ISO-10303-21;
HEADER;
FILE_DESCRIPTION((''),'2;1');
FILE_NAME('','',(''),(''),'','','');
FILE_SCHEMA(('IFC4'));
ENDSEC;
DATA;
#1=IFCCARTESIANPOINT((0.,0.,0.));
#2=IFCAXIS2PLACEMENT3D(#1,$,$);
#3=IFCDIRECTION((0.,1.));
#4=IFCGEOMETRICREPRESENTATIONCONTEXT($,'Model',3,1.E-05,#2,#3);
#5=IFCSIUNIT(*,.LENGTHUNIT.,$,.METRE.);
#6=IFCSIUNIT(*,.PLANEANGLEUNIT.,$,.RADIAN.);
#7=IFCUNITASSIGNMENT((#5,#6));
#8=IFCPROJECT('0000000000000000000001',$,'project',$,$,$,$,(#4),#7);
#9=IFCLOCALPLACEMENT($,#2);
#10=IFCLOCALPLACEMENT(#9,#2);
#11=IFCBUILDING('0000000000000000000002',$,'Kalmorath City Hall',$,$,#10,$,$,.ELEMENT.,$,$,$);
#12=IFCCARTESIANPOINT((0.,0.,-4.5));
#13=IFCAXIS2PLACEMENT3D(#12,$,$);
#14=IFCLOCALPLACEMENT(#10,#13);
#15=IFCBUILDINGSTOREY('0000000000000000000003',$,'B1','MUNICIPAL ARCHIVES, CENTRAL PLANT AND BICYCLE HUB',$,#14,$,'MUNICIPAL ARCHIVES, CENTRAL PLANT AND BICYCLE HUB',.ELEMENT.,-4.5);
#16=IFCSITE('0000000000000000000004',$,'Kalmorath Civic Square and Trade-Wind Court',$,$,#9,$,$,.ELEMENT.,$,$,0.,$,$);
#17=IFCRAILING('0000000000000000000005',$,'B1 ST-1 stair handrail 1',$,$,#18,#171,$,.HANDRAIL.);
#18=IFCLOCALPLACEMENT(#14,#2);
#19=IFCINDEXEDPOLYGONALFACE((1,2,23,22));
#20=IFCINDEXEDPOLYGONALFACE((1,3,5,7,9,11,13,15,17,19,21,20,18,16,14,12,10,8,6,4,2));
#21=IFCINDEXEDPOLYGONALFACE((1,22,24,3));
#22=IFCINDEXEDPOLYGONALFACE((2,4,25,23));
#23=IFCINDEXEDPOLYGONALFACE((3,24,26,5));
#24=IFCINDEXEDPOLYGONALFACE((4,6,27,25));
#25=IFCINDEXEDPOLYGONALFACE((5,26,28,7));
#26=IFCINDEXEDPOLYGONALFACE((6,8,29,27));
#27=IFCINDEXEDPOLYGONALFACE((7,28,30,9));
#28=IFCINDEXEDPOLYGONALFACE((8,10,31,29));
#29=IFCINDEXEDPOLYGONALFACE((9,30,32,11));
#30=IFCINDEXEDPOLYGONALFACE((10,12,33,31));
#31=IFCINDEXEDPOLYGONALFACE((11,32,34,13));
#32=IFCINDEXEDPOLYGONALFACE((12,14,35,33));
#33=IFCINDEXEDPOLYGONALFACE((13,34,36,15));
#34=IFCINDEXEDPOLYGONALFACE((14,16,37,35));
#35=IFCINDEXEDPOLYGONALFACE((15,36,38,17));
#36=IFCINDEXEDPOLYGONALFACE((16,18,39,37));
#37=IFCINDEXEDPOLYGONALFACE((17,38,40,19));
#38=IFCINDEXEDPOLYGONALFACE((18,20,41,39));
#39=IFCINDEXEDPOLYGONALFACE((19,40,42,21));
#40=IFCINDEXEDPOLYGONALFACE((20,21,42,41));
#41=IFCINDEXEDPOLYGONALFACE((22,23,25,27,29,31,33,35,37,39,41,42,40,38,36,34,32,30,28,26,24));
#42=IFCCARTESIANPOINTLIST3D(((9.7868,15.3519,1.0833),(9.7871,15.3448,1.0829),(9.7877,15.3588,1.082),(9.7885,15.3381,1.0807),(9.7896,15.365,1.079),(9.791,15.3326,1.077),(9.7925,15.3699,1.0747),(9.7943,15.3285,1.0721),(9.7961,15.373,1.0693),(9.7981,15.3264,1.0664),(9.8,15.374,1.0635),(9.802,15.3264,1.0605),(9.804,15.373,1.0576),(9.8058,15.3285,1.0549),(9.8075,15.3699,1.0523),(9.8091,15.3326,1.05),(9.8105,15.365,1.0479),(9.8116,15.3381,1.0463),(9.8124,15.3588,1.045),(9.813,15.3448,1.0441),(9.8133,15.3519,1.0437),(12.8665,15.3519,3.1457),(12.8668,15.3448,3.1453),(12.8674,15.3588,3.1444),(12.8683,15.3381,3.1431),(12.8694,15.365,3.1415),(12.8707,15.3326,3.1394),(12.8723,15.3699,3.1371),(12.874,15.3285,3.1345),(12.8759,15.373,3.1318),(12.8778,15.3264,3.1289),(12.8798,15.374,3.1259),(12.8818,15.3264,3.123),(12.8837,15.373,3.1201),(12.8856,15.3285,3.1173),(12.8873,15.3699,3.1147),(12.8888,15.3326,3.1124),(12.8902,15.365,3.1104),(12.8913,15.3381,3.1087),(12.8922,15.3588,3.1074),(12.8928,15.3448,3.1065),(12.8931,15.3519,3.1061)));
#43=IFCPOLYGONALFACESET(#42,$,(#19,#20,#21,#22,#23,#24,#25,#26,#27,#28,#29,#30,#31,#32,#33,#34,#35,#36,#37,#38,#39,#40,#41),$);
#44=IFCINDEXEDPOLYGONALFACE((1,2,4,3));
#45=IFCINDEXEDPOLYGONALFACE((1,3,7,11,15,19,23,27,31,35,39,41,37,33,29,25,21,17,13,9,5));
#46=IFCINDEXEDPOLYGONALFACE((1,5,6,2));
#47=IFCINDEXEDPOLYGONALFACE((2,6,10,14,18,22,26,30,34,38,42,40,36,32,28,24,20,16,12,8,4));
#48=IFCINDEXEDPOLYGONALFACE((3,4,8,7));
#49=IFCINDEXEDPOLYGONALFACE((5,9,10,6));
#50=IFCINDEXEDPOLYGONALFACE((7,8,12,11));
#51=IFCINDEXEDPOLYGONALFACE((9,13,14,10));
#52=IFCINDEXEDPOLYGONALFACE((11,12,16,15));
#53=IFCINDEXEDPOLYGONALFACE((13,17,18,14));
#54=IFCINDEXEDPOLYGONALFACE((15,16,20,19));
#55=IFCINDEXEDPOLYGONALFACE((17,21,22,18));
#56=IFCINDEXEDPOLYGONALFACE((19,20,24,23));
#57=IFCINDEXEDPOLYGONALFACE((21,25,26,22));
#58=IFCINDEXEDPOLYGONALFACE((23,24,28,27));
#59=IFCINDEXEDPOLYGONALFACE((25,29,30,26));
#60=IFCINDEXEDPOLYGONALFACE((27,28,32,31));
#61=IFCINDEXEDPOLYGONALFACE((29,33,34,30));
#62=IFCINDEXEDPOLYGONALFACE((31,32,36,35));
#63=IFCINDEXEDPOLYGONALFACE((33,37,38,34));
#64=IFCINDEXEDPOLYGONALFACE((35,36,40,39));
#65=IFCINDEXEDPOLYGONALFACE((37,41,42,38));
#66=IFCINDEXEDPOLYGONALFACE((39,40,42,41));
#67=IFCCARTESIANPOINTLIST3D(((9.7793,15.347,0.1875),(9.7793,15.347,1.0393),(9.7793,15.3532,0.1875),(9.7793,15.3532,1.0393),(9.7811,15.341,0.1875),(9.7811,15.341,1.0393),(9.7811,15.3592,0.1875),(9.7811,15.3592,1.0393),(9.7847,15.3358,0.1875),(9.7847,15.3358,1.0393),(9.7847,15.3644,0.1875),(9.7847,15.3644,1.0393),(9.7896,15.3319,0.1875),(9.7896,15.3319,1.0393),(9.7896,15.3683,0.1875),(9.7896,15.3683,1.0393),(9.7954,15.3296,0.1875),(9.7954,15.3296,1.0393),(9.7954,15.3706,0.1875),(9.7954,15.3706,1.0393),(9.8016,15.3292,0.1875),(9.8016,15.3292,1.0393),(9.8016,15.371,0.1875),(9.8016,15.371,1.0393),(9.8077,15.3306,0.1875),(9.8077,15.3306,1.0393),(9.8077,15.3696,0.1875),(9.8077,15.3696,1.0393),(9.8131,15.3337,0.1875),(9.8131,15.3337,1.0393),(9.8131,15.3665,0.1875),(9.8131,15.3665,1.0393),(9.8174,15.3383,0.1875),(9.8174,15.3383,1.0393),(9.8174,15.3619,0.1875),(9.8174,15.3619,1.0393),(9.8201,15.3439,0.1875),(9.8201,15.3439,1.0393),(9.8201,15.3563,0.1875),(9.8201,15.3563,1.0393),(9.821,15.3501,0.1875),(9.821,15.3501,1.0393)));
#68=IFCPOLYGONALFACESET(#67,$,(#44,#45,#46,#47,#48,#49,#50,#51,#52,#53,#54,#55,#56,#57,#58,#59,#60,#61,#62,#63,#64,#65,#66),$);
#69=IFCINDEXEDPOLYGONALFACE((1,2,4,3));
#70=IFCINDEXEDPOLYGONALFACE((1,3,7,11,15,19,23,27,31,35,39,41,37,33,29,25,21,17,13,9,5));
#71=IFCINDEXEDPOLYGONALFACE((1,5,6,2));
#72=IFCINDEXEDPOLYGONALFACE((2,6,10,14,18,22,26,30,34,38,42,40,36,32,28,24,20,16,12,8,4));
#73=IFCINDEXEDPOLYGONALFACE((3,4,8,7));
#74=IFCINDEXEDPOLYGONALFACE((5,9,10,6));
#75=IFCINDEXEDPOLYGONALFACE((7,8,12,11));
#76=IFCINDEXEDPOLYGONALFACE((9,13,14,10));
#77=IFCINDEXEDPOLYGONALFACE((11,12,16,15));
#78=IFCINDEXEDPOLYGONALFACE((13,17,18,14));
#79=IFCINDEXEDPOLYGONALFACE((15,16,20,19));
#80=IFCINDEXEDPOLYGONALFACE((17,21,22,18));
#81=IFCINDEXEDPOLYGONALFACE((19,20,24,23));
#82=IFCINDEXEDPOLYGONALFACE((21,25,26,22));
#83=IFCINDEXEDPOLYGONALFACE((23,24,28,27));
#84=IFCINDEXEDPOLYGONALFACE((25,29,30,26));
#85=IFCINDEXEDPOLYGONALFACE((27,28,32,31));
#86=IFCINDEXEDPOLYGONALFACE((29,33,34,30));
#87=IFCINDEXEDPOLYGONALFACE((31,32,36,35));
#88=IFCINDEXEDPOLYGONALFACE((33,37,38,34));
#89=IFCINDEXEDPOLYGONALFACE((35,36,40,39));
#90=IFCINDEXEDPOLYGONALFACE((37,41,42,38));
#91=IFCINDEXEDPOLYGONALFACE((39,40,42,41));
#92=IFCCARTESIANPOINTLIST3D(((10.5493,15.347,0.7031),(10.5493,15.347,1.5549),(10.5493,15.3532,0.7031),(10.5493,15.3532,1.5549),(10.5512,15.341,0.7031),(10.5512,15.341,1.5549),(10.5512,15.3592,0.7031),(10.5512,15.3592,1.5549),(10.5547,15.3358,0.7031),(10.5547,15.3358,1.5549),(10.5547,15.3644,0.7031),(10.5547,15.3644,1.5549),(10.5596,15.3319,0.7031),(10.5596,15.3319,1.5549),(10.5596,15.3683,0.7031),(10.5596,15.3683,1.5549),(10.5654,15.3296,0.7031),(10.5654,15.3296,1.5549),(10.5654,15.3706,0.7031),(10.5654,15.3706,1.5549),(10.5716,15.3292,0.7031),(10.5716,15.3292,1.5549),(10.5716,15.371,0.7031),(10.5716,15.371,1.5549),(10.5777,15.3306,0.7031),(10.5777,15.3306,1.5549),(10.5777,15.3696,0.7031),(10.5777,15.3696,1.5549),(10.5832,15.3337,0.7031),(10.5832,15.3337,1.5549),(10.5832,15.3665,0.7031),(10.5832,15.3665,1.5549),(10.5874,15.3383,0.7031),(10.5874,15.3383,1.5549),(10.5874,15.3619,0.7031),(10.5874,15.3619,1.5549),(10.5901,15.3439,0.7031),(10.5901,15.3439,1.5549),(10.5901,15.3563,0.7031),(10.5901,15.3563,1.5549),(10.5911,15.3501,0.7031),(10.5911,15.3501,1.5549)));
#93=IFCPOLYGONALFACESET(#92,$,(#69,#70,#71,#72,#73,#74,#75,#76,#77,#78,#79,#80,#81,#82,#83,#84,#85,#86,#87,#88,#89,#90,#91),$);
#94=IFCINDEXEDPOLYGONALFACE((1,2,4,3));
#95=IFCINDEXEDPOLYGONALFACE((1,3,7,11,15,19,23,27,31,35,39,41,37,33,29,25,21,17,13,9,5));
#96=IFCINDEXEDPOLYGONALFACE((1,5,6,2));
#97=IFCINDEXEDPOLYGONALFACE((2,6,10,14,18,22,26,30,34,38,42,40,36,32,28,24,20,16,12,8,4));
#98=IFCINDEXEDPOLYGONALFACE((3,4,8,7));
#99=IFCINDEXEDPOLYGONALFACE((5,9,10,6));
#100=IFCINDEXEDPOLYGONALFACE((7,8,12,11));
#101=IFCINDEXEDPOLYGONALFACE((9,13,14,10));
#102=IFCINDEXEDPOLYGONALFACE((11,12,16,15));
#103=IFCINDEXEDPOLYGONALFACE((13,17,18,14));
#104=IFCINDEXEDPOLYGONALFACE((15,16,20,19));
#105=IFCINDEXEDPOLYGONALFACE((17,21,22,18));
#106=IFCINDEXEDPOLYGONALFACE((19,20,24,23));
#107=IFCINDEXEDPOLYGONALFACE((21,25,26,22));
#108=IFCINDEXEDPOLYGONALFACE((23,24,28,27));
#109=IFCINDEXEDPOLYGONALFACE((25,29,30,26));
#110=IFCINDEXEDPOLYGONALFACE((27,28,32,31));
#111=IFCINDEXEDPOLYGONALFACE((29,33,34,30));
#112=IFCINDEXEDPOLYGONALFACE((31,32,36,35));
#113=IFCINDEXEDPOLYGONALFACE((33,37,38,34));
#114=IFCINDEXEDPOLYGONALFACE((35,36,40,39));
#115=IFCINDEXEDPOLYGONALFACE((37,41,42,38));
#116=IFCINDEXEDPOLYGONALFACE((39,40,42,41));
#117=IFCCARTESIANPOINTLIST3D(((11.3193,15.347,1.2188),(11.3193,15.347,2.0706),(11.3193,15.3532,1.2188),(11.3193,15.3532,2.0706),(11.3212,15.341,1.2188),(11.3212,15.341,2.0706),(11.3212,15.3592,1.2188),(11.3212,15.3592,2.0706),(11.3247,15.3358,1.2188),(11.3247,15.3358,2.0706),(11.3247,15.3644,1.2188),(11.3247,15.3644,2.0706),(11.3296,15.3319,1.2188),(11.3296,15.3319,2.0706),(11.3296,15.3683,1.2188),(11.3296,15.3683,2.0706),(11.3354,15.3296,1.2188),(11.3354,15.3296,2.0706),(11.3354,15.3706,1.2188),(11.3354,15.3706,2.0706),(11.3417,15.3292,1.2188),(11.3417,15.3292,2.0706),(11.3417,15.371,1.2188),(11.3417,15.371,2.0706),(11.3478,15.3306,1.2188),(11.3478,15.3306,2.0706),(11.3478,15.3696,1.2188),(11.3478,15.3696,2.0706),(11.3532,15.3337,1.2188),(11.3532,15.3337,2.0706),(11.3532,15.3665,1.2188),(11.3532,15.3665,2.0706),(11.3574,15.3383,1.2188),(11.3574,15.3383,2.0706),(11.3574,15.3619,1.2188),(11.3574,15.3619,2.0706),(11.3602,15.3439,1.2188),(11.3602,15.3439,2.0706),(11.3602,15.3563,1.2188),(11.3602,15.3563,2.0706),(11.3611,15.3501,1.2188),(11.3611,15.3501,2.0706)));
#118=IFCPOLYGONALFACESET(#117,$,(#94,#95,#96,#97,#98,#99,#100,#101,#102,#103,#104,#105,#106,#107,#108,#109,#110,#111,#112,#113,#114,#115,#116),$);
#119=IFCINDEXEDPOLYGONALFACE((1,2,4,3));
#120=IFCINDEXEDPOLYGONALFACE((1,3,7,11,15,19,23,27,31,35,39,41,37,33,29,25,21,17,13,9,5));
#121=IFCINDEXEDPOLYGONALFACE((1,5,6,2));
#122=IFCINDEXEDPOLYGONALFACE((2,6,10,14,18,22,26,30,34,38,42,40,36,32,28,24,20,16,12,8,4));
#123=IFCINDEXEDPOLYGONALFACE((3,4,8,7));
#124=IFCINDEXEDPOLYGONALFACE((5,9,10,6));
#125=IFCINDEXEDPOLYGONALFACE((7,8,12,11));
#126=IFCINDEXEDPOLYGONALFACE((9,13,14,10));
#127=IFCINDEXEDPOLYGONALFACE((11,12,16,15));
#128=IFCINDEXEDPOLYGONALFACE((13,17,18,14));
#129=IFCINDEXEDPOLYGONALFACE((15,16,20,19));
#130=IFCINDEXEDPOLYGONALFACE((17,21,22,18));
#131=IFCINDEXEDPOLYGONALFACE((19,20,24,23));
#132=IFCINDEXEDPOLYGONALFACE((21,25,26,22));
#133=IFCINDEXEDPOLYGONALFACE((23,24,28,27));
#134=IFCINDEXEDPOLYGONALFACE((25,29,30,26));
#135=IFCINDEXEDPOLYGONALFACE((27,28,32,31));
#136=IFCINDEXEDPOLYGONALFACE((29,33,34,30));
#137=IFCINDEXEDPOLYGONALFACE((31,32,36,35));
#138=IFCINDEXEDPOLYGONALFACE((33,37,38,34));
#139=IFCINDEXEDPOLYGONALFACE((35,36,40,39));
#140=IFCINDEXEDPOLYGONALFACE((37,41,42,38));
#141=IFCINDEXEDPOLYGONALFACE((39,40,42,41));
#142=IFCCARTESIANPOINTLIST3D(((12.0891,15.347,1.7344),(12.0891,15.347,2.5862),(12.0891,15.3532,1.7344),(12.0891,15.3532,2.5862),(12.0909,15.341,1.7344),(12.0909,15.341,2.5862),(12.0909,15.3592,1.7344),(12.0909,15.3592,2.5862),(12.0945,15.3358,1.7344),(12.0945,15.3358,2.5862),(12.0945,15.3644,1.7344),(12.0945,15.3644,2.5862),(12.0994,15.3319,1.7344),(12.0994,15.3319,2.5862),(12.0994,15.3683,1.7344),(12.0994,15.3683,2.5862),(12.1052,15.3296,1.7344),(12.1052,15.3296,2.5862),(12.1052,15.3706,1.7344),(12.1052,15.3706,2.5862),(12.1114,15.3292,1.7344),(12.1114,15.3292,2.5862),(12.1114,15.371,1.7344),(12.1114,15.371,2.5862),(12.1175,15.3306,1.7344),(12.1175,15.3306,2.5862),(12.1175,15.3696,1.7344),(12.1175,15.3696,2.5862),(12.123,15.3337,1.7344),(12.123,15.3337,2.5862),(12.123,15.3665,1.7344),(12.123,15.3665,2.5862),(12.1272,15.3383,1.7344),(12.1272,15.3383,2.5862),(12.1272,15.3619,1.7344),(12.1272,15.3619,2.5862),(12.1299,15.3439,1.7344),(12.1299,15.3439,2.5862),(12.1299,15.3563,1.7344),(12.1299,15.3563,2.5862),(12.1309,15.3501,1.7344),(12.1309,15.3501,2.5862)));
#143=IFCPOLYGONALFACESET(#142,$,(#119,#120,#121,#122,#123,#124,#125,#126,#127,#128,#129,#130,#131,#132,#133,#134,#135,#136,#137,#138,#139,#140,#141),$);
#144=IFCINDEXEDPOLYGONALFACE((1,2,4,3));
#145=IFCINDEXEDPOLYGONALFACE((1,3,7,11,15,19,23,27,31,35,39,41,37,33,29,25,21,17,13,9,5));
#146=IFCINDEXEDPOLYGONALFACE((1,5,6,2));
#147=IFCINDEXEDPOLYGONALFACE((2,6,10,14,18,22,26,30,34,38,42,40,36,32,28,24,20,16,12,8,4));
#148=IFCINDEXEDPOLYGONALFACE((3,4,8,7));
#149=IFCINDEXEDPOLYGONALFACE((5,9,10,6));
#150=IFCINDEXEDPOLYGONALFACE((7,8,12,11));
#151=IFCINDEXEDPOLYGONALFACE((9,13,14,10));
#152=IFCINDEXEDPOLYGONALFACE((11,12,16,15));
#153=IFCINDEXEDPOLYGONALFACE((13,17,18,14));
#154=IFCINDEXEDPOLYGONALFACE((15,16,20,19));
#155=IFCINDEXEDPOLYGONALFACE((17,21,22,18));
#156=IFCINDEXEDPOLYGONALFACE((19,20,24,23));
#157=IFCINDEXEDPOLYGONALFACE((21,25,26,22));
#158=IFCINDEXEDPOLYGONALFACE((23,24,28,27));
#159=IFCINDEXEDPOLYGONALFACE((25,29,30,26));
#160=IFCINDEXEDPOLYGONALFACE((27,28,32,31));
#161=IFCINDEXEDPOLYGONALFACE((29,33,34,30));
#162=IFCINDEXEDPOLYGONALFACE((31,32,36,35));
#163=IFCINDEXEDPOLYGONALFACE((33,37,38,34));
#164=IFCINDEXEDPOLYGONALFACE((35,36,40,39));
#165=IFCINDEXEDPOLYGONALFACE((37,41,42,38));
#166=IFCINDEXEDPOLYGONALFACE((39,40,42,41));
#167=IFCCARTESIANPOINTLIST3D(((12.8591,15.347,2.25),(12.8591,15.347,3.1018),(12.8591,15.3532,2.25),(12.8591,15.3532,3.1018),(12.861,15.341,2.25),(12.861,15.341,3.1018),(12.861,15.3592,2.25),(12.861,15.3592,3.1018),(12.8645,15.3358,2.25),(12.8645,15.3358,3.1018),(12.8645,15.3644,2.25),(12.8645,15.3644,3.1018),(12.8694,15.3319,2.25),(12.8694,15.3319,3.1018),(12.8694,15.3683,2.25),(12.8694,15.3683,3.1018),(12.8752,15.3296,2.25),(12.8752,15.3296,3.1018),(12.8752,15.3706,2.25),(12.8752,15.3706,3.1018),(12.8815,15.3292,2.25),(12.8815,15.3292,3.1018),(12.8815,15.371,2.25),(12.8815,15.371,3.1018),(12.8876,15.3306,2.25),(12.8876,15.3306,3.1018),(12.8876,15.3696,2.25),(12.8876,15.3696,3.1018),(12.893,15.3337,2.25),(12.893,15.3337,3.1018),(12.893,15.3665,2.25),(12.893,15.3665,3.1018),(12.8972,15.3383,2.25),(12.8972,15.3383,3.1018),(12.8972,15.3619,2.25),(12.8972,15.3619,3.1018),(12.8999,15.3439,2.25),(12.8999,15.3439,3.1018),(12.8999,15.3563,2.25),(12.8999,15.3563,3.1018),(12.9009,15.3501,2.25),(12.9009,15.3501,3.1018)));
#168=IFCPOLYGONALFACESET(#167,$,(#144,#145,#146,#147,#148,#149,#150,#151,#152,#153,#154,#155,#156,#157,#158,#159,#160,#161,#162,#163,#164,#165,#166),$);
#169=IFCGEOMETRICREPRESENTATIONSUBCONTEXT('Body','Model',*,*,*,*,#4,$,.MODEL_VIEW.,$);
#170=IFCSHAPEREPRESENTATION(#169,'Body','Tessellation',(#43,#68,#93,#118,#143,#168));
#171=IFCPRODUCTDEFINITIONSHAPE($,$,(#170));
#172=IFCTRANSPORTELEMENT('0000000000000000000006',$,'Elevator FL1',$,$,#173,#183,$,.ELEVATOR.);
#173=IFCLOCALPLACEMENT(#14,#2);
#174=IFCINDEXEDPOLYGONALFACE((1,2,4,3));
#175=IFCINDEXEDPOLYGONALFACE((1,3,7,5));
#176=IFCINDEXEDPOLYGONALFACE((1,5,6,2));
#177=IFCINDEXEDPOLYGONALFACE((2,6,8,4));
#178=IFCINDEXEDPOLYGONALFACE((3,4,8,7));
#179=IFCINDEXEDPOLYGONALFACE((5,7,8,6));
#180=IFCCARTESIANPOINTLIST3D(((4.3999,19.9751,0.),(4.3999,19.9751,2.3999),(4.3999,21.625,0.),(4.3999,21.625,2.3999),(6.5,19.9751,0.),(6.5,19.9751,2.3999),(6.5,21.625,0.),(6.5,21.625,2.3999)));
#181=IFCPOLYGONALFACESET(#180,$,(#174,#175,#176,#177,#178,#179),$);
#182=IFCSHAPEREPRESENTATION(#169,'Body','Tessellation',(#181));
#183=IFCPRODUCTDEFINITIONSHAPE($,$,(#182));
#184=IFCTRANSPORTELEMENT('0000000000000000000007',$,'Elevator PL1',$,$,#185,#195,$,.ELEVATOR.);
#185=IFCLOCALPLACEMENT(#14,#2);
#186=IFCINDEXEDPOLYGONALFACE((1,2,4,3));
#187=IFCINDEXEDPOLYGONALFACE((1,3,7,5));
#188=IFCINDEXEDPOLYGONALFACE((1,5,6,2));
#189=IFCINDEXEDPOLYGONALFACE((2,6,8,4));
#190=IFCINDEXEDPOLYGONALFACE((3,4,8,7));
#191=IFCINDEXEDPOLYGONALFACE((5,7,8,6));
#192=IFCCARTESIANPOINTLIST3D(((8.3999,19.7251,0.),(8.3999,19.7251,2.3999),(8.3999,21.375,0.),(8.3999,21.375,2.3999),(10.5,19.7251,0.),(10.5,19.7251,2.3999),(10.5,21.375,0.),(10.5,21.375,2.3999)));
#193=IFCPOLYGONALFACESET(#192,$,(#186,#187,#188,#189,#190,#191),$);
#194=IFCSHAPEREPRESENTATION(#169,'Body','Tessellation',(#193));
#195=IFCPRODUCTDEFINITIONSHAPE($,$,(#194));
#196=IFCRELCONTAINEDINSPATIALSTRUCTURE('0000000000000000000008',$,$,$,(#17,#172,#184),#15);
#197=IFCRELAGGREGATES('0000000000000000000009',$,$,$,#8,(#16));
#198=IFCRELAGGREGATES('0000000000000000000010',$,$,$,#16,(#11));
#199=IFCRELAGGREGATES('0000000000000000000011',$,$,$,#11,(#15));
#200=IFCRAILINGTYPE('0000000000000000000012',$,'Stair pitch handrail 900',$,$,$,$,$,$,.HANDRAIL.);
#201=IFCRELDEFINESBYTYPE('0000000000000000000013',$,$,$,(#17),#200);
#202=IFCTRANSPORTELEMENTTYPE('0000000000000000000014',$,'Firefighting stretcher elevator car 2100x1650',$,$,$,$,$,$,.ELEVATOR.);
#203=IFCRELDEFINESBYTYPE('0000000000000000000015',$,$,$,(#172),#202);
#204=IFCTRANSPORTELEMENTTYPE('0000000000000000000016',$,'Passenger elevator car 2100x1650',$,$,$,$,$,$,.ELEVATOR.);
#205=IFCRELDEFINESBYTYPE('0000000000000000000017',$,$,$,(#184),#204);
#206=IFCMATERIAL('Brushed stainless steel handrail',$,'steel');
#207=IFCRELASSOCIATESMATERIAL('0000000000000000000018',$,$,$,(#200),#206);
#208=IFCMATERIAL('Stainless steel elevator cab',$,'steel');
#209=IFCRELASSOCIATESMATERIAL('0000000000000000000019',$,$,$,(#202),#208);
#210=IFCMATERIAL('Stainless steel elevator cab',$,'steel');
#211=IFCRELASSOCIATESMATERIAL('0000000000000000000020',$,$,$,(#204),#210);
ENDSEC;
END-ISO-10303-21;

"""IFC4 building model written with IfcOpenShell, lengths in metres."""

from ifc_helpers import new_model, si_unit, direction, frame, origin, origin_2d, place, context, subcontext, project, spatial, rectangle, circle, extrude, material, type_object, element, save


model = new_model("IFC4")

# Units and contexts
model_context = context("Model", 3, precision=1e-05, world=origin(), true_north=direction((0.0, 1.0)))
body_context = subcontext(model_context, "Body", "Model", "MODEL_VIEW")
ifc_project = project(units=[si_unit("LENGTHUNIT", "METRE"), si_unit("PLANEANGLEUNIT", "RADIAN")], contexts=[model_context])

# Site, building, storey
site_placement = place(None, origin())
site = spatial("IfcSite", under=ifc_project, at=site_placement, Name="Kalmorath Civic Square and Trade-Wind Court", CompositionType="ELEMENT", RefElevation=0.0)
building_placement = place(site_placement, origin())
building = spatial("IfcBuilding", under=site, at=building_placement, Name="Kalmorath City Hall", CompositionType="ELEMENT")
storey_placement = place(building_placement, frame((0.0, 0.0, -4.5)))
storey = spatial("IfcBuildingStorey", under=building, at=storey_placement, Name="B1", Description="MUNICIPAL ARCHIVES, CENTRAL PLANT AND BICYCLE HUB", LongName="MUNICIPAL ARCHIVES, CENTRAL PLANT AND BICYCLE HUB", CompositionType="ELEMENT", Elevation=-4.5)

# Railing
ifc_material_1 = material(Name="Brushed stainless steel handrail", Category="steel")
railing_type_1 = type_object("IfcRailingType", Name="Stair pitch handrail 900", PredefinedType="HANDRAIL", material=ifc_material_1)
railing_1_placement = place(storey_placement, frame((9.8, 15.3501, 0.1875)))
element("IfcRailing", 1, at=railing_1_placement, inside=storey, type_object=railing_type_1, Name="B1 ST-1 stair handrail 1", PredefinedType="HANDRAIL", context=body_context, shape_type="SweptSolid", body=[
    extrude(circle(Radius=0.0239, at=origin_2d()), frame((0.0, 0.0, 0.876), z_axis=(0.830893, 0.0, 0.556432), x_axis=(0.0, 1.0, 0.0)), (0.0, 0.0, 1.0), 3.7065),
    extrude(circle(Radius=0.021, at=origin_2d()), origin(), (0.0, 0.0, 1.0), 0.8518),
    extrude(circle(Radius=0.021, at=origin_2d()), frame((0.77, 0.0, 0.5156)), (0.0, 0.0, 1.0), 0.8518),
    extrude(circle(Radius=0.021, at=origin_2d()), frame((1.54, 0.0, 1.0312)), (0.0, 0.0, 1.0), 0.8518),
    extrude(circle(Radius=0.021, at=origin_2d()), frame((2.3098, 0.0, 1.5469)), (0.0, 0.0, 1.0), 0.8518),
    extrude(circle(Radius=0.021, at=origin_2d()), frame((3.0798, 0.0, 2.0625)), (0.0, 0.0, 1.0), 0.8518),
])

# Transport elements
ifc_material_2 = material(Name="Stainless steel elevator cab", Category="steel")
transport_element_type_1 = type_object("IfcTransportElementType", Name="Firefighting stretcher elevator car 2100x1650", PredefinedType="ELEVATOR", material=ifc_material_2)
transport_element_1_placement = place(storey_placement, frame((5.45, 20.8, 0.0), z_axis=(0.0, 0.0, 1.0), x_axis=(1.0, 0.0, 0.0)))
element("IfcTransportElement", 2, at=transport_element_1_placement, inside=storey, type_object=transport_element_type_1, Name="Elevator FL1", PredefinedType="ELEVATOR", context=body_context, shape_type="SweptSolid", body=[
    extrude(rectangle(XDim=2.1001, YDim=1.6499, at=origin_2d()), origin(), (0.0, 0.0, 1.0), 2.3999),
])
ifc_material_3 = material(Name="Stainless steel elevator cab", Category="steel")
transport_element_type_2 = type_object("IfcTransportElementType", Name="Passenger elevator car 2100x1650", PredefinedType="ELEVATOR", material=ifc_material_3)
transport_element_2_placement = place(storey_placement, frame((9.45, 20.55, 0.0), z_axis=(0.0, 0.0, 1.0), x_axis=(1.0, 0.0, 0.0)))
element("IfcTransportElement", 3, at=transport_element_2_placement, inside=storey, type_object=transport_element_type_2, Name="Elevator PL1", PredefinedType="ELEVATOR", context=body_context, shape_type="SweptSolid", body=[
    extrude(rectangle(XDim=2.1001, YDim=1.6499, at=origin_2d()), origin(), (0.0, 0.0, 1.0), 2.3999),
])

save(model, "model.ifc")
